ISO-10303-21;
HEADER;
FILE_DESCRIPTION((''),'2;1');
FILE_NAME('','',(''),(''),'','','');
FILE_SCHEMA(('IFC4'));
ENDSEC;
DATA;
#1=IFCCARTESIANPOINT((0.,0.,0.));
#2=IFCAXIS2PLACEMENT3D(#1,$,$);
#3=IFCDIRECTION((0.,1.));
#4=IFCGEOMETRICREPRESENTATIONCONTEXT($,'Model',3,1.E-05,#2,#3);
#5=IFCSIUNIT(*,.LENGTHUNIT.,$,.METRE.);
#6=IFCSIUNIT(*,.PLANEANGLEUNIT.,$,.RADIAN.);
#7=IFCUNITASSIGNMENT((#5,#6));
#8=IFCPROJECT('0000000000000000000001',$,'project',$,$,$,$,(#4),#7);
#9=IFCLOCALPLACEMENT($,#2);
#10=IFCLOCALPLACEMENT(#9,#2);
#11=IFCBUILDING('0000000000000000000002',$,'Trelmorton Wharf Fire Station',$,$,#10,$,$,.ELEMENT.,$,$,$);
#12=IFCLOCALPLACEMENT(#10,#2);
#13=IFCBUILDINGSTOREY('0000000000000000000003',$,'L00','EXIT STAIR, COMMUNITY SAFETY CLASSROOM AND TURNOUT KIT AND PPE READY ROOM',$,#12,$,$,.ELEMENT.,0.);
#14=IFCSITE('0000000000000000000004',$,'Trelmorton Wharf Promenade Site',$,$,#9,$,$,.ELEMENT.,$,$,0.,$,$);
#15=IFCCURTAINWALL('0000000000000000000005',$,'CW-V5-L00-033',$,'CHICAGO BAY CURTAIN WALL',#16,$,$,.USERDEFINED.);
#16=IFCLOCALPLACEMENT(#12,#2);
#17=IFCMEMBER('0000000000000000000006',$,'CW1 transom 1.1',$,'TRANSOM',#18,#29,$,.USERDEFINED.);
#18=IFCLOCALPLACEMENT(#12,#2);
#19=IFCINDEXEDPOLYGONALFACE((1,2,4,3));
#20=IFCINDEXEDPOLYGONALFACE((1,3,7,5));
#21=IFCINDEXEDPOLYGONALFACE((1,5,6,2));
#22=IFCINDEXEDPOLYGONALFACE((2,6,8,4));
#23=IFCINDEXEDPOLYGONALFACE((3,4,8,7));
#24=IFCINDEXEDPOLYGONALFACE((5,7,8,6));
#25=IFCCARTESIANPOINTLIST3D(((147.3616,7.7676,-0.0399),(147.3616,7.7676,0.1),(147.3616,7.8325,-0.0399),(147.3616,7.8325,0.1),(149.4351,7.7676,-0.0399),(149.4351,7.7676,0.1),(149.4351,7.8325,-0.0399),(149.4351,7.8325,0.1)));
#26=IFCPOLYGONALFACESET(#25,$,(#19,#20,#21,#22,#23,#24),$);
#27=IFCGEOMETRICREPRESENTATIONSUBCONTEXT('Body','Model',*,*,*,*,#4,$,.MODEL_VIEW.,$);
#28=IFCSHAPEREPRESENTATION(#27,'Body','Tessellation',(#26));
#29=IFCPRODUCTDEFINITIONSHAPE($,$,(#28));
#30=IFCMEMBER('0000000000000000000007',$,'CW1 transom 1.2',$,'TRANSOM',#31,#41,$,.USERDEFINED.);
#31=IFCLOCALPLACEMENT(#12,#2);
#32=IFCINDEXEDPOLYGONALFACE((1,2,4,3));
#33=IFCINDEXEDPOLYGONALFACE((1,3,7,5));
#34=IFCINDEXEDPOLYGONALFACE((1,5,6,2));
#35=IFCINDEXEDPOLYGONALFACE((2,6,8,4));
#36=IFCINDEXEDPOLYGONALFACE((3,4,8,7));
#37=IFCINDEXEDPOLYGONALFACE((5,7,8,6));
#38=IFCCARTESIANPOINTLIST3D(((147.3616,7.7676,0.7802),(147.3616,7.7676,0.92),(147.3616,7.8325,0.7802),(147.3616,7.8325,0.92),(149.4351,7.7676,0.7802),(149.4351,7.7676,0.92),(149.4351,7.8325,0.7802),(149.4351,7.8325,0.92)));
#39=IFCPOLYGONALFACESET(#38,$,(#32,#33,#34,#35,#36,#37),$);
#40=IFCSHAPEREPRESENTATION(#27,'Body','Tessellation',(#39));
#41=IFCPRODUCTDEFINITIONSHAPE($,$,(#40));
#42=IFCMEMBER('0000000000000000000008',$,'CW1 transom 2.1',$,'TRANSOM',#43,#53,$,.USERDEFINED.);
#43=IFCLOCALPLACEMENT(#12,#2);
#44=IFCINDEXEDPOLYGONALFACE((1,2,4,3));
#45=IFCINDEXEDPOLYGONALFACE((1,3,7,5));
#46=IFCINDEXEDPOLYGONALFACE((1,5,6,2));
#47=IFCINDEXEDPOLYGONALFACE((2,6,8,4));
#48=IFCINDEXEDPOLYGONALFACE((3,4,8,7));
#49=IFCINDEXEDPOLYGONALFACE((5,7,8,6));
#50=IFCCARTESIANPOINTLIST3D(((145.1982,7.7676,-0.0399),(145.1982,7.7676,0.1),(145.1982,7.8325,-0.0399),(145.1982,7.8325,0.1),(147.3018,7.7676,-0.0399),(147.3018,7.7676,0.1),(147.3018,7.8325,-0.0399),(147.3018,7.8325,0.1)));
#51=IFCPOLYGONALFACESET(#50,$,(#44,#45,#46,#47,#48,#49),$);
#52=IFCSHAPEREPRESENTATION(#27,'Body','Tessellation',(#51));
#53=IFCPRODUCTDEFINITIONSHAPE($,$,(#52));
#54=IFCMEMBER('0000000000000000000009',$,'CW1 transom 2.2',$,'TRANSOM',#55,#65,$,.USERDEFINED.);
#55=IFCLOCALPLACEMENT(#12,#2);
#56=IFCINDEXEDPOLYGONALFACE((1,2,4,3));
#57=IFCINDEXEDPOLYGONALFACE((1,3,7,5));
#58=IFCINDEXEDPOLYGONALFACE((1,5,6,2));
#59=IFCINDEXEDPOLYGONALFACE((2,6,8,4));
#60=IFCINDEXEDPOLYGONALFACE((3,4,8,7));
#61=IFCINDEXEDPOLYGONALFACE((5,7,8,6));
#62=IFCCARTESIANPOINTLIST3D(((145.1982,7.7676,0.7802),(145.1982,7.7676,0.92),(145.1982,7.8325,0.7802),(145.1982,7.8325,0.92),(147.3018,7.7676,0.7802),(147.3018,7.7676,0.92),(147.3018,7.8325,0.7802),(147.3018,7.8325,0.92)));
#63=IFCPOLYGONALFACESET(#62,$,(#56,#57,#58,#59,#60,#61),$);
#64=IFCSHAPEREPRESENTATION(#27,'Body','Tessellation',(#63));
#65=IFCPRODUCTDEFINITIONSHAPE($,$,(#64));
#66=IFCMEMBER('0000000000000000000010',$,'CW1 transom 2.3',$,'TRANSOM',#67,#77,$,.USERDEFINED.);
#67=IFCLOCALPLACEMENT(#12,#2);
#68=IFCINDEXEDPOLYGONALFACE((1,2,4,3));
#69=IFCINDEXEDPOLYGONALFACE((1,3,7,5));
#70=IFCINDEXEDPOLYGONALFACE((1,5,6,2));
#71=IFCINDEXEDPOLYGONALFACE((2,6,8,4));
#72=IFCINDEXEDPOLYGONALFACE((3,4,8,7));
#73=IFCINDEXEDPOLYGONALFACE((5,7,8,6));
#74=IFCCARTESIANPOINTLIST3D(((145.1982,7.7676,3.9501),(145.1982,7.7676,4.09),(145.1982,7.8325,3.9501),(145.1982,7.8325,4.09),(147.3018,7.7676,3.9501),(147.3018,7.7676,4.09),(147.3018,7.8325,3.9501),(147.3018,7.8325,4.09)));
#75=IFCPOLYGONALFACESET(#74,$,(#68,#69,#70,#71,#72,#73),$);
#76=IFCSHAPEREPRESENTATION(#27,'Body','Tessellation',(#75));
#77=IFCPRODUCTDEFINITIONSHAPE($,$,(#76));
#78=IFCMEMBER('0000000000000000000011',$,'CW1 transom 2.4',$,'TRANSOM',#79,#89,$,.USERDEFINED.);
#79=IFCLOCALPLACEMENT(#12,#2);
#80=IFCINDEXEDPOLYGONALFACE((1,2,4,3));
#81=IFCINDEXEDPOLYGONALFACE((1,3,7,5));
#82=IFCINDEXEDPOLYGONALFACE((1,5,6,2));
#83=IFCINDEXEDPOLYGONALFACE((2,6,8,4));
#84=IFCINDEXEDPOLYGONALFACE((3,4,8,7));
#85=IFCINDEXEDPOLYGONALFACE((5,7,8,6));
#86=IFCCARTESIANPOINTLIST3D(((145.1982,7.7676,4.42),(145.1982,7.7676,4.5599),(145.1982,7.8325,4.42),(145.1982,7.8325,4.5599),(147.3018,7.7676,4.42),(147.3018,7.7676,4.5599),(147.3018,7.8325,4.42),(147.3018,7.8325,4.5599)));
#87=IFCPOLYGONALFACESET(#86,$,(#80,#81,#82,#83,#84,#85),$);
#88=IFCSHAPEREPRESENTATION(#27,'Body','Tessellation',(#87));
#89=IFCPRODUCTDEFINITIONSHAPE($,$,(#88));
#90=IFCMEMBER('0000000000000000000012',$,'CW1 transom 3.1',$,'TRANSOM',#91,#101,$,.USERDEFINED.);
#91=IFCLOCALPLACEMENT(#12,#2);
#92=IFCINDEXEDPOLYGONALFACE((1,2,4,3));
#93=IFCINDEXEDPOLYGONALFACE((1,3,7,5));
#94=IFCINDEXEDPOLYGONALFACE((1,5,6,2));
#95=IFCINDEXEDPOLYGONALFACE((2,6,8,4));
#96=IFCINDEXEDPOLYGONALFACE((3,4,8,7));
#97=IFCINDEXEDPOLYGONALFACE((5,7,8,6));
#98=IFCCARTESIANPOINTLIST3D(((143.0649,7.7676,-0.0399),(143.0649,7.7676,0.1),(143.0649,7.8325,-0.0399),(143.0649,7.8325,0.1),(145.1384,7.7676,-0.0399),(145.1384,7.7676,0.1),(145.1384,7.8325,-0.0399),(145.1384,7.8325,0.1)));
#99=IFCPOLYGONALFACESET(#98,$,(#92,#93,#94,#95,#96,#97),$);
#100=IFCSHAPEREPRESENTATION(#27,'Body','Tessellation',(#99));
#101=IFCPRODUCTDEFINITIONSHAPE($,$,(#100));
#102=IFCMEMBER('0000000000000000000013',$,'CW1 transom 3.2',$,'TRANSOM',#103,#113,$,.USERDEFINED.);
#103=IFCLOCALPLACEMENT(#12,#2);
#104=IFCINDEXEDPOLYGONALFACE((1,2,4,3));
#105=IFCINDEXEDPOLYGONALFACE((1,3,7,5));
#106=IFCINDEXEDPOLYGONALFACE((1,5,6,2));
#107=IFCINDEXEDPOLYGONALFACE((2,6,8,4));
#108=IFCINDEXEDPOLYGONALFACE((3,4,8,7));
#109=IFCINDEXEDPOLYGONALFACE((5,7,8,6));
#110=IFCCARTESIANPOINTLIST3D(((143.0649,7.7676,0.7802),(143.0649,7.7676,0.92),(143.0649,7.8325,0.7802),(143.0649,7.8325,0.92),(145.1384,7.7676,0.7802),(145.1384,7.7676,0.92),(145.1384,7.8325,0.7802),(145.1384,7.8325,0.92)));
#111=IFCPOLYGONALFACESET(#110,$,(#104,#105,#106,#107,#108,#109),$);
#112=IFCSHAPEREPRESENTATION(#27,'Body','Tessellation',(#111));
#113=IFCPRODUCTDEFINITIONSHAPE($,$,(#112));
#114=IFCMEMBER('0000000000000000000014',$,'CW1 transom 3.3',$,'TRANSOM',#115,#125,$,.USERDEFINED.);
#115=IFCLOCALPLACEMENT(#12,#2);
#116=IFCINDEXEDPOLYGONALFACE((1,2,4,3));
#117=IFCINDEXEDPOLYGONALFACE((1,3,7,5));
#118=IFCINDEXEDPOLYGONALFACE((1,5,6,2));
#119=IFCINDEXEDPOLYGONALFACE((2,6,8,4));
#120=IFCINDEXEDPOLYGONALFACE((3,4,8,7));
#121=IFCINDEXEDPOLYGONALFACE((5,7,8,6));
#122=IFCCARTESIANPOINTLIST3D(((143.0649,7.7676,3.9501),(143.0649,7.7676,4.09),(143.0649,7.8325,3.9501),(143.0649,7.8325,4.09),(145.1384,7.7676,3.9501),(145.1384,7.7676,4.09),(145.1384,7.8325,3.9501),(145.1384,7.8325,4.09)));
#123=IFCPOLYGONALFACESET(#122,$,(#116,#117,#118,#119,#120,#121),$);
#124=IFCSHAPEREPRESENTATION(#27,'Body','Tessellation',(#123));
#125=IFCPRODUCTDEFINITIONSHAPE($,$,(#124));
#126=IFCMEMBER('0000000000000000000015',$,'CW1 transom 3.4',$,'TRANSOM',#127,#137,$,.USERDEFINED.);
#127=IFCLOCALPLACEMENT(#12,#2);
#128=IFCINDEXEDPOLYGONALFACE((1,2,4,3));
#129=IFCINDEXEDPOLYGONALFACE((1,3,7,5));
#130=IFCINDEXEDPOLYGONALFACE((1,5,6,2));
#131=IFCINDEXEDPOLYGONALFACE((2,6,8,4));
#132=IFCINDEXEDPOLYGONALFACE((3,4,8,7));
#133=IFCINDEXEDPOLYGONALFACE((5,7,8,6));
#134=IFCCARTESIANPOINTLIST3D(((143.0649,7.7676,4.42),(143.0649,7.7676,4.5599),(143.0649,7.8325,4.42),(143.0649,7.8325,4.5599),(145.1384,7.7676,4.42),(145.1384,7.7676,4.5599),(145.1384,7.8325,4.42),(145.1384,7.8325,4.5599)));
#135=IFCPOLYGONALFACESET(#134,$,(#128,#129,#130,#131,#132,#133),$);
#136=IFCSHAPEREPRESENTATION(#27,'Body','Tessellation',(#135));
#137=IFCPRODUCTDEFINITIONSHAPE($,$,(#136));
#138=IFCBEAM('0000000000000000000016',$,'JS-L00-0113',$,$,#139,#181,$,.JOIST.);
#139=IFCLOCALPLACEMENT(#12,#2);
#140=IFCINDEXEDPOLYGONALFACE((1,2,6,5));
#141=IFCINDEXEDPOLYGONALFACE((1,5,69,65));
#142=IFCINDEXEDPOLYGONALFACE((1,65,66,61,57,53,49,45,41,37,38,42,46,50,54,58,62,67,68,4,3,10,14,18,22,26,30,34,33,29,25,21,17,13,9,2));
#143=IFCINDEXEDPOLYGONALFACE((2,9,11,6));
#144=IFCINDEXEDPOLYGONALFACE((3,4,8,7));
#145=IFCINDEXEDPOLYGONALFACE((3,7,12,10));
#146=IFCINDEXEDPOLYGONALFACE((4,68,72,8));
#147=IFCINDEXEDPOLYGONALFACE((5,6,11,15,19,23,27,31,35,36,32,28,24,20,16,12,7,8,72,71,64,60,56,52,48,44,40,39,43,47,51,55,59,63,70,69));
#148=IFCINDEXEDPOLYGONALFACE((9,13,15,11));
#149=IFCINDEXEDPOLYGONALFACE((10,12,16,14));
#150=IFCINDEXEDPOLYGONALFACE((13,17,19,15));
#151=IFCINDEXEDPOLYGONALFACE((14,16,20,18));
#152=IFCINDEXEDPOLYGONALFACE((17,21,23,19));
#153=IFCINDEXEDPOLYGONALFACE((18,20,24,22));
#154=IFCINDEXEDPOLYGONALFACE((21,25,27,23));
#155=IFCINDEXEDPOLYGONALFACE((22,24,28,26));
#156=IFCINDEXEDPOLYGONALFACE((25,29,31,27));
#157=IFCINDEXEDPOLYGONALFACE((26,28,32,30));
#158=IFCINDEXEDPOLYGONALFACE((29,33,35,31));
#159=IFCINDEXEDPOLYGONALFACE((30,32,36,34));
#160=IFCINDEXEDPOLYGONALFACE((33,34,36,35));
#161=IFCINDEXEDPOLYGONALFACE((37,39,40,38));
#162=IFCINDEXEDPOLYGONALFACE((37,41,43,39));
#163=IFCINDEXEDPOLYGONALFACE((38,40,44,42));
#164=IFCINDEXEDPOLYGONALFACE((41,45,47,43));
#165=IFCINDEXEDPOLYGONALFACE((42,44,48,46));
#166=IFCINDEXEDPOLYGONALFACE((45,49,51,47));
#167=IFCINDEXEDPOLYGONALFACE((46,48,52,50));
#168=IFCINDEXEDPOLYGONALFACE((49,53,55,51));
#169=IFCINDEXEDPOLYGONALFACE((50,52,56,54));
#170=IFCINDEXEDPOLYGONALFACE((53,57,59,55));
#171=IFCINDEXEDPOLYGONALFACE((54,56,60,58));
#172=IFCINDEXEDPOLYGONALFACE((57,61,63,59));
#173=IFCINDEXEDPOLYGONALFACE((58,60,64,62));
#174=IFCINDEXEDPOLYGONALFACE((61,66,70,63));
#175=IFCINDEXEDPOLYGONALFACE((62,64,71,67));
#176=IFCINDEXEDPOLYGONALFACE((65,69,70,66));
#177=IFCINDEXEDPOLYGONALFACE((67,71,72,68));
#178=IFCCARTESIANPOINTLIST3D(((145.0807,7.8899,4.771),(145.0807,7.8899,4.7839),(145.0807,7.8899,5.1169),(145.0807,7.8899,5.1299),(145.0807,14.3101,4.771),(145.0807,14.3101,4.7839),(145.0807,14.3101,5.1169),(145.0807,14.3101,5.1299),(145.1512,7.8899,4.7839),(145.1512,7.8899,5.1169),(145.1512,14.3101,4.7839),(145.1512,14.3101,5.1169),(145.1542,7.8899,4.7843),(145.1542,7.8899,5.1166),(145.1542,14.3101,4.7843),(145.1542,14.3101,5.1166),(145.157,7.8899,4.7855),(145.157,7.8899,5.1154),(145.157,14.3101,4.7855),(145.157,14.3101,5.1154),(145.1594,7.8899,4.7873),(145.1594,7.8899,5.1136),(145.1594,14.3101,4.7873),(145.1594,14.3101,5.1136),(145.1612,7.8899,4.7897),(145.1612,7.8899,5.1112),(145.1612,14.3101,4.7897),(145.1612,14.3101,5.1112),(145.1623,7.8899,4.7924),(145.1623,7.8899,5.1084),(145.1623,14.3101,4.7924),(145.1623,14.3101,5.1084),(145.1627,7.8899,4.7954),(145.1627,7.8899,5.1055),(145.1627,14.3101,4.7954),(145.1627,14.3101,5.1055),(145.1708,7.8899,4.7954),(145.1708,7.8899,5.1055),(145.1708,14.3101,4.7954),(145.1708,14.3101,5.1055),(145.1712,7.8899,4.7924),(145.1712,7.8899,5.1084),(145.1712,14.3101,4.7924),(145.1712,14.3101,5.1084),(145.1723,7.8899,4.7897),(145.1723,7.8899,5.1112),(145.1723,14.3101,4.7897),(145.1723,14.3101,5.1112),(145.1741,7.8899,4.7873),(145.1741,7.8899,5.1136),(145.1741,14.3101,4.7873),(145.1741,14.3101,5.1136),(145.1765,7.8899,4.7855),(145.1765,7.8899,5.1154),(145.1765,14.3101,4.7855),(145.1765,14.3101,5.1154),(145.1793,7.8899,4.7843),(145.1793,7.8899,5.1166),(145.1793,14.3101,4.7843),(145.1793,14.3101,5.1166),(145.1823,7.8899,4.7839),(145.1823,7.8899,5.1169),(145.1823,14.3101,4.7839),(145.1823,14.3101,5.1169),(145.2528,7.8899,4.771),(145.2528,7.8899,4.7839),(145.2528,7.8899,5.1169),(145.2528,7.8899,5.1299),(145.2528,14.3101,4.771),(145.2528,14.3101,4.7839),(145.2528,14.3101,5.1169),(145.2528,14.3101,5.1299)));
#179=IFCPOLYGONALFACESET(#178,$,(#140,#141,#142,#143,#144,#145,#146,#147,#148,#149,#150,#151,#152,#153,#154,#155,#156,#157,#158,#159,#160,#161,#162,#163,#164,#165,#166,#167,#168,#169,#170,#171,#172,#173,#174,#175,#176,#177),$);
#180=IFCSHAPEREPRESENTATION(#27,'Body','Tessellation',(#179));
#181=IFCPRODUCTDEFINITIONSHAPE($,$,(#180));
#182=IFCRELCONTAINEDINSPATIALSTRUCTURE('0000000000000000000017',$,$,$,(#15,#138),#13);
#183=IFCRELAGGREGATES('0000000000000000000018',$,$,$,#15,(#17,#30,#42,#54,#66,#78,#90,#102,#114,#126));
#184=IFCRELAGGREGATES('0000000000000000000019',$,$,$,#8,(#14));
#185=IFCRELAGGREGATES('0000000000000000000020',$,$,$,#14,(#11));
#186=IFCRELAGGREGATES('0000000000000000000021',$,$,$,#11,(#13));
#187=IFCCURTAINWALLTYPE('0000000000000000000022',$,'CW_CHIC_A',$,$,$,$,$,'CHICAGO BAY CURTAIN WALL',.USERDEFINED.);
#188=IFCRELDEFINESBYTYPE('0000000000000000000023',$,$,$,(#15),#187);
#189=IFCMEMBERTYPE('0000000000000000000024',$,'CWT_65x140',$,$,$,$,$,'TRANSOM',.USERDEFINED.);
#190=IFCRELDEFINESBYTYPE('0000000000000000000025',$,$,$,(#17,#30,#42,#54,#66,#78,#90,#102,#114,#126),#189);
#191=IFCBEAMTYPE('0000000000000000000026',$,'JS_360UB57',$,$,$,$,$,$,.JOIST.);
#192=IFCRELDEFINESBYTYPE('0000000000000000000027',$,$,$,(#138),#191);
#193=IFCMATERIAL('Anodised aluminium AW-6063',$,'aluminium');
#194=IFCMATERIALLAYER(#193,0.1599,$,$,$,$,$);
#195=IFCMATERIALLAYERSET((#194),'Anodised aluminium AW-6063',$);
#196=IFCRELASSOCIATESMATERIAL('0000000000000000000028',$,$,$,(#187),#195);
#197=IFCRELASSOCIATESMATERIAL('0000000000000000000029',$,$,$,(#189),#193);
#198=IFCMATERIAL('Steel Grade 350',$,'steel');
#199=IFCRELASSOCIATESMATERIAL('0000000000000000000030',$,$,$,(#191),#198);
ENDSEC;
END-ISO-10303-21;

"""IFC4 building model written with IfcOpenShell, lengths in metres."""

from ifc_helpers import new_model, si_unit, direction, frame, origin, origin_2d, place, context, subcontext, project, spatial, rectangle, i_section, extrude, material, layer, layer_set, material_profile, profile_set, type_object, element, aggregate, save


model = new_model("IFC4")

# Units and contexts
model_context = context("Model", 3, precision=1e-05, world=origin(), true_north=direction((0.0, 1.0)))
body_context = subcontext(model_context, "Body", "Model", "MODEL_VIEW")
ifc_project = project(units=[si_unit("LENGTHUNIT", "METRE"), si_unit("PLANEANGLEUNIT", "RADIAN")], contexts=[model_context])

# Site, building, storey
site_placement = place(None, origin())
site = spatial("IfcSite", under=ifc_project, at=site_placement, Name="Trelmorton Wharf Promenade Site", CompositionType="ELEMENT", RefElevation=0.0)
building_placement = place(site_placement, origin())
building = spatial("IfcBuilding", under=site, at=building_placement, Name="Trelmorton Wharf Fire Station", CompositionType="ELEMENT")
storey_placement = place(building_placement, origin())
storey = spatial("IfcBuildingStorey", under=building, at=storey_placement, Name="L00", Description="EXIT STAIR, COMMUNITY SAFETY CLASSROOM AND TURNOUT KIT AND PPE READY ROOM", CompositionType="ELEMENT", Elevation=0.0)

# Shared definitions
ifc_material_1 = material(Name="Steel Grade 350", Category="steel")

# Curtain wall, members
ifc_material_2 = material(Name="Anodised aluminium AW-6063", Category="aluminium")
ifc_layer_1 = layer(ifc_material_2, 0.1599)
ifc_layer_set_1 = layer_set([ifc_layer_1], Name="Anodised aluminium AW-6063")
curtain_wall_type = type_object("IfcCurtainWallType", Name="CW_CHIC_A", ElementType="CHICAGO BAY CURTAIN WALL", PredefinedType="USERDEFINED", material=ifc_layer_set_1)
curtain_wall_placement = place(storey_placement, origin())
curtain_wall = element("IfcCurtainWall", 1, at=curtain_wall_placement, inside=storey, type_object=curtain_wall_type, Name="CW-V5-L00-033", ObjectType="CHICAGO BAY CURTAIN WALL", PredefinedType="USERDEFINED")
ifc_material_profile_1 = material_profile(ifc_material_2, rectangle(XDim=0.0649, YDim=0.1399, at=origin_2d()), Name="ALU-65x140")
ifc_profile_set_1 = profile_set([ifc_material_profile_1], Name="Anodised aluminium AW-6063")
member_type_1 = type_object("IfcMemberType", Name="CWT_65x140", ElementType="TRANSOM", PredefinedType="USERDEFINED", material=ifc_profile_set_1)
member_1_placement = place(storey_placement, frame((149.4351, 7.8, 0.03), z_axis=(-1.0, 0.0, 0.0), x_axis=(0.0, -1.0, 0.0)))
member_1 = element("IfcMember", 2, at=member_1_placement, type_object=member_type_1, Name="CW1 transom 1.1", ObjectType="TRANSOM", PredefinedType="USERDEFINED", context=body_context, shape_type="SweptSolid", body=[
    extrude(rectangle(XDim=0.0649, YDim=0.1399, at=origin_2d()), origin(), (0.0, 0.0, 1.0), 2.0735),
])
member_2_placement = place(storey_placement, frame((149.4351, 7.8, 0.8501), z_axis=(-1.0, 0.0, 0.0), x_axis=(0.0, -1.0, 0.0)))
member_2 = element("IfcMember", 3, at=member_2_placement, type_object=member_type_1, Name="CW1 transom 1.2", ObjectType="TRANSOM", PredefinedType="USERDEFINED", context=body_context, shape_type="SweptSolid", body=[
    extrude(rectangle(XDim=0.0649, YDim=0.1399, at=origin_2d()), origin(), (0.0, 0.0, 1.0), 2.0735),
])
member_3_placement = place(storey_placement, frame((147.3018, 7.8, 0.03), z_axis=(-1.0, 0.0, 0.0), x_axis=(0.0, -1.0, 0.0)))
member_3 = element("IfcMember", 4, at=member_3_placement, type_object=member_type_1, Name="CW1 transom 2.1", ObjectType="TRANSOM", PredefinedType="USERDEFINED", context=body_context, shape_type="SweptSolid", body=[
    extrude(rectangle(XDim=0.0649, YDim=0.1399, at=origin_2d()), origin(), (0.0, 0.0, 1.0), 2.1035),
])
member_4_placement = place(storey_placement, frame((147.3018, 7.8, 0.8501), z_axis=(-1.0, 0.0, 0.0), x_axis=(0.0, -1.0, 0.0)))
member_4 = element("IfcMember", 5, at=member_4_placement, type_object=member_type_1, Name="CW1 transom 2.2", ObjectType="TRANSOM", PredefinedType="USERDEFINED", context=body_context, shape_type="SweptSolid", body=[
    extrude(rectangle(XDim=0.0649, YDim=0.1399, at=origin_2d()), origin(), (0.0, 0.0, 1.0), 2.1035),
])
member_5_placement = place(storey_placement, frame((147.3018, 7.8, 4.02), z_axis=(-1.0, 0.0, 0.0), x_axis=(0.0, -1.0, 0.0)))
member_5 = element("IfcMember", 6, at=member_5_placement, type_object=member_type_1, Name="CW1 transom 2.3", ObjectType="TRANSOM", PredefinedType="USERDEFINED", context=body_context, shape_type="SweptSolid", body=[
    extrude(rectangle(XDim=0.0649, YDim=0.1399, at=origin_2d()), origin(), (0.0, 0.0, 1.0), 2.1035),
])
member_6_placement = place(storey_placement, frame((147.3018, 7.8, 4.49), z_axis=(-1.0, 0.0, 0.0), x_axis=(0.0, -1.0, 0.0)))
member_6 = element("IfcMember", 7, at=member_6_placement, type_object=member_type_1, Name="CW1 transom 2.4", ObjectType="TRANSOM", PredefinedType="USERDEFINED", context=body_context, shape_type="SweptSolid", body=[
    extrude(rectangle(XDim=0.0649, YDim=0.1399, at=origin_2d()), origin(), (0.0, 0.0, 1.0), 2.1035),
])
member_7_placement = place(storey_placement, frame((145.1384, 7.8, 0.03), z_axis=(-1.0, 0.0, 0.0), x_axis=(0.0, -1.0, 0.0)))
member_7 = element("IfcMember", 8, at=member_7_placement, type_object=member_type_1, Name="CW1 transom 3.1", ObjectType="TRANSOM", PredefinedType="USERDEFINED", context=body_context, shape_type="SweptSolid", body=[
    extrude(rectangle(XDim=0.0649, YDim=0.1399, at=origin_2d()), origin(), (0.0, 0.0, 1.0), 2.0735),
])
member_8_placement = place(storey_placement, frame((145.1384, 7.8, 0.8501), z_axis=(-1.0, 0.0, 0.0), x_axis=(0.0, -1.0, 0.0)))
member_8 = element("IfcMember", 9, at=member_8_placement, type_object=member_type_1, Name="CW1 transom 3.2", ObjectType="TRANSOM", PredefinedType="USERDEFINED", context=body_context, shape_type="SweptSolid", body=[
    extrude(rectangle(XDim=0.0649, YDim=0.1399, at=origin_2d()), origin(), (0.0, 0.0, 1.0), 2.0735),
])
member_9_placement = place(storey_placement, frame((145.1384, 7.8, 4.02), z_axis=(-1.0, 0.0, 0.0), x_axis=(0.0, -1.0, 0.0)))
member_9 = element("IfcMember", 10, at=member_9_placement, type_object=member_type_1, Name="CW1 transom 3.3", ObjectType="TRANSOM", PredefinedType="USERDEFINED", context=body_context, shape_type="SweptSolid", body=[
    extrude(rectangle(XDim=0.0649, YDim=0.1399, at=origin_2d()), origin(), (0.0, 0.0, 1.0), 2.0735),
])
member_10_placement = place(storey_placement, frame((145.1384, 7.8, 4.49), z_axis=(-1.0, 0.0, 0.0), x_axis=(0.0, -1.0, 0.0)))
member_10 = element("IfcMember", 11, at=member_10_placement, type_object=member_type_1, Name="CW1 transom 3.4", ObjectType="TRANSOM", PredefinedType="USERDEFINED", context=body_context, shape_type="SweptSolid", body=[
    extrude(rectangle(XDim=0.0649, YDim=0.1399, at=origin_2d()), origin(), (0.0, 0.0, 1.0), 2.0735),
])

# Beam
ifc_material_profile_2 = material_profile(ifc_material_1, i_section(OverallWidth=0.1721, OverallDepth=0.3589, WebThickness=0.0081, FlangeThickness=0.0129, FilletRadius=0.0115, at=origin_2d()), Name="360UB56.7")
ifc_profile_set_2 = profile_set([ifc_material_profile_2], Name="Steel Grade 350")
beam_type = type_object("IfcBeamType", Name="JS_360UB57", PredefinedType="JOIST", material=ifc_profile_set_2)
for number, where, z_axis, x_axis, name in (
    (12, (145.1667, 7.8899, 4.9504), (0.0, 1.0, 0.0), (-1.0, 0.0, 0.0), "JS-L00-0113"),
):
    element("IfcBeam", number, at=place(storey_placement, frame(where, z_axis=z_axis, x_axis=x_axis)), inside=storey, type_object=beam_type, Name=name, PredefinedType="JOIST", context=body_context, shape_type="SweptSolid", body=[
        extrude(i_section(OverallWidth=0.1721, OverallDepth=0.3589, WebThickness=0.0081, FlangeThickness=0.0129, FilletRadius=0.0115, at=origin_2d()), origin(), (0.0, 0.0, 1.0), 6.4202),
    ])

aggregate(curtain_wall, [member_1, member_2, member_3, member_4, member_5, member_6, member_7, member_8, member_9, member_10])

save(model, "model.ifc")
